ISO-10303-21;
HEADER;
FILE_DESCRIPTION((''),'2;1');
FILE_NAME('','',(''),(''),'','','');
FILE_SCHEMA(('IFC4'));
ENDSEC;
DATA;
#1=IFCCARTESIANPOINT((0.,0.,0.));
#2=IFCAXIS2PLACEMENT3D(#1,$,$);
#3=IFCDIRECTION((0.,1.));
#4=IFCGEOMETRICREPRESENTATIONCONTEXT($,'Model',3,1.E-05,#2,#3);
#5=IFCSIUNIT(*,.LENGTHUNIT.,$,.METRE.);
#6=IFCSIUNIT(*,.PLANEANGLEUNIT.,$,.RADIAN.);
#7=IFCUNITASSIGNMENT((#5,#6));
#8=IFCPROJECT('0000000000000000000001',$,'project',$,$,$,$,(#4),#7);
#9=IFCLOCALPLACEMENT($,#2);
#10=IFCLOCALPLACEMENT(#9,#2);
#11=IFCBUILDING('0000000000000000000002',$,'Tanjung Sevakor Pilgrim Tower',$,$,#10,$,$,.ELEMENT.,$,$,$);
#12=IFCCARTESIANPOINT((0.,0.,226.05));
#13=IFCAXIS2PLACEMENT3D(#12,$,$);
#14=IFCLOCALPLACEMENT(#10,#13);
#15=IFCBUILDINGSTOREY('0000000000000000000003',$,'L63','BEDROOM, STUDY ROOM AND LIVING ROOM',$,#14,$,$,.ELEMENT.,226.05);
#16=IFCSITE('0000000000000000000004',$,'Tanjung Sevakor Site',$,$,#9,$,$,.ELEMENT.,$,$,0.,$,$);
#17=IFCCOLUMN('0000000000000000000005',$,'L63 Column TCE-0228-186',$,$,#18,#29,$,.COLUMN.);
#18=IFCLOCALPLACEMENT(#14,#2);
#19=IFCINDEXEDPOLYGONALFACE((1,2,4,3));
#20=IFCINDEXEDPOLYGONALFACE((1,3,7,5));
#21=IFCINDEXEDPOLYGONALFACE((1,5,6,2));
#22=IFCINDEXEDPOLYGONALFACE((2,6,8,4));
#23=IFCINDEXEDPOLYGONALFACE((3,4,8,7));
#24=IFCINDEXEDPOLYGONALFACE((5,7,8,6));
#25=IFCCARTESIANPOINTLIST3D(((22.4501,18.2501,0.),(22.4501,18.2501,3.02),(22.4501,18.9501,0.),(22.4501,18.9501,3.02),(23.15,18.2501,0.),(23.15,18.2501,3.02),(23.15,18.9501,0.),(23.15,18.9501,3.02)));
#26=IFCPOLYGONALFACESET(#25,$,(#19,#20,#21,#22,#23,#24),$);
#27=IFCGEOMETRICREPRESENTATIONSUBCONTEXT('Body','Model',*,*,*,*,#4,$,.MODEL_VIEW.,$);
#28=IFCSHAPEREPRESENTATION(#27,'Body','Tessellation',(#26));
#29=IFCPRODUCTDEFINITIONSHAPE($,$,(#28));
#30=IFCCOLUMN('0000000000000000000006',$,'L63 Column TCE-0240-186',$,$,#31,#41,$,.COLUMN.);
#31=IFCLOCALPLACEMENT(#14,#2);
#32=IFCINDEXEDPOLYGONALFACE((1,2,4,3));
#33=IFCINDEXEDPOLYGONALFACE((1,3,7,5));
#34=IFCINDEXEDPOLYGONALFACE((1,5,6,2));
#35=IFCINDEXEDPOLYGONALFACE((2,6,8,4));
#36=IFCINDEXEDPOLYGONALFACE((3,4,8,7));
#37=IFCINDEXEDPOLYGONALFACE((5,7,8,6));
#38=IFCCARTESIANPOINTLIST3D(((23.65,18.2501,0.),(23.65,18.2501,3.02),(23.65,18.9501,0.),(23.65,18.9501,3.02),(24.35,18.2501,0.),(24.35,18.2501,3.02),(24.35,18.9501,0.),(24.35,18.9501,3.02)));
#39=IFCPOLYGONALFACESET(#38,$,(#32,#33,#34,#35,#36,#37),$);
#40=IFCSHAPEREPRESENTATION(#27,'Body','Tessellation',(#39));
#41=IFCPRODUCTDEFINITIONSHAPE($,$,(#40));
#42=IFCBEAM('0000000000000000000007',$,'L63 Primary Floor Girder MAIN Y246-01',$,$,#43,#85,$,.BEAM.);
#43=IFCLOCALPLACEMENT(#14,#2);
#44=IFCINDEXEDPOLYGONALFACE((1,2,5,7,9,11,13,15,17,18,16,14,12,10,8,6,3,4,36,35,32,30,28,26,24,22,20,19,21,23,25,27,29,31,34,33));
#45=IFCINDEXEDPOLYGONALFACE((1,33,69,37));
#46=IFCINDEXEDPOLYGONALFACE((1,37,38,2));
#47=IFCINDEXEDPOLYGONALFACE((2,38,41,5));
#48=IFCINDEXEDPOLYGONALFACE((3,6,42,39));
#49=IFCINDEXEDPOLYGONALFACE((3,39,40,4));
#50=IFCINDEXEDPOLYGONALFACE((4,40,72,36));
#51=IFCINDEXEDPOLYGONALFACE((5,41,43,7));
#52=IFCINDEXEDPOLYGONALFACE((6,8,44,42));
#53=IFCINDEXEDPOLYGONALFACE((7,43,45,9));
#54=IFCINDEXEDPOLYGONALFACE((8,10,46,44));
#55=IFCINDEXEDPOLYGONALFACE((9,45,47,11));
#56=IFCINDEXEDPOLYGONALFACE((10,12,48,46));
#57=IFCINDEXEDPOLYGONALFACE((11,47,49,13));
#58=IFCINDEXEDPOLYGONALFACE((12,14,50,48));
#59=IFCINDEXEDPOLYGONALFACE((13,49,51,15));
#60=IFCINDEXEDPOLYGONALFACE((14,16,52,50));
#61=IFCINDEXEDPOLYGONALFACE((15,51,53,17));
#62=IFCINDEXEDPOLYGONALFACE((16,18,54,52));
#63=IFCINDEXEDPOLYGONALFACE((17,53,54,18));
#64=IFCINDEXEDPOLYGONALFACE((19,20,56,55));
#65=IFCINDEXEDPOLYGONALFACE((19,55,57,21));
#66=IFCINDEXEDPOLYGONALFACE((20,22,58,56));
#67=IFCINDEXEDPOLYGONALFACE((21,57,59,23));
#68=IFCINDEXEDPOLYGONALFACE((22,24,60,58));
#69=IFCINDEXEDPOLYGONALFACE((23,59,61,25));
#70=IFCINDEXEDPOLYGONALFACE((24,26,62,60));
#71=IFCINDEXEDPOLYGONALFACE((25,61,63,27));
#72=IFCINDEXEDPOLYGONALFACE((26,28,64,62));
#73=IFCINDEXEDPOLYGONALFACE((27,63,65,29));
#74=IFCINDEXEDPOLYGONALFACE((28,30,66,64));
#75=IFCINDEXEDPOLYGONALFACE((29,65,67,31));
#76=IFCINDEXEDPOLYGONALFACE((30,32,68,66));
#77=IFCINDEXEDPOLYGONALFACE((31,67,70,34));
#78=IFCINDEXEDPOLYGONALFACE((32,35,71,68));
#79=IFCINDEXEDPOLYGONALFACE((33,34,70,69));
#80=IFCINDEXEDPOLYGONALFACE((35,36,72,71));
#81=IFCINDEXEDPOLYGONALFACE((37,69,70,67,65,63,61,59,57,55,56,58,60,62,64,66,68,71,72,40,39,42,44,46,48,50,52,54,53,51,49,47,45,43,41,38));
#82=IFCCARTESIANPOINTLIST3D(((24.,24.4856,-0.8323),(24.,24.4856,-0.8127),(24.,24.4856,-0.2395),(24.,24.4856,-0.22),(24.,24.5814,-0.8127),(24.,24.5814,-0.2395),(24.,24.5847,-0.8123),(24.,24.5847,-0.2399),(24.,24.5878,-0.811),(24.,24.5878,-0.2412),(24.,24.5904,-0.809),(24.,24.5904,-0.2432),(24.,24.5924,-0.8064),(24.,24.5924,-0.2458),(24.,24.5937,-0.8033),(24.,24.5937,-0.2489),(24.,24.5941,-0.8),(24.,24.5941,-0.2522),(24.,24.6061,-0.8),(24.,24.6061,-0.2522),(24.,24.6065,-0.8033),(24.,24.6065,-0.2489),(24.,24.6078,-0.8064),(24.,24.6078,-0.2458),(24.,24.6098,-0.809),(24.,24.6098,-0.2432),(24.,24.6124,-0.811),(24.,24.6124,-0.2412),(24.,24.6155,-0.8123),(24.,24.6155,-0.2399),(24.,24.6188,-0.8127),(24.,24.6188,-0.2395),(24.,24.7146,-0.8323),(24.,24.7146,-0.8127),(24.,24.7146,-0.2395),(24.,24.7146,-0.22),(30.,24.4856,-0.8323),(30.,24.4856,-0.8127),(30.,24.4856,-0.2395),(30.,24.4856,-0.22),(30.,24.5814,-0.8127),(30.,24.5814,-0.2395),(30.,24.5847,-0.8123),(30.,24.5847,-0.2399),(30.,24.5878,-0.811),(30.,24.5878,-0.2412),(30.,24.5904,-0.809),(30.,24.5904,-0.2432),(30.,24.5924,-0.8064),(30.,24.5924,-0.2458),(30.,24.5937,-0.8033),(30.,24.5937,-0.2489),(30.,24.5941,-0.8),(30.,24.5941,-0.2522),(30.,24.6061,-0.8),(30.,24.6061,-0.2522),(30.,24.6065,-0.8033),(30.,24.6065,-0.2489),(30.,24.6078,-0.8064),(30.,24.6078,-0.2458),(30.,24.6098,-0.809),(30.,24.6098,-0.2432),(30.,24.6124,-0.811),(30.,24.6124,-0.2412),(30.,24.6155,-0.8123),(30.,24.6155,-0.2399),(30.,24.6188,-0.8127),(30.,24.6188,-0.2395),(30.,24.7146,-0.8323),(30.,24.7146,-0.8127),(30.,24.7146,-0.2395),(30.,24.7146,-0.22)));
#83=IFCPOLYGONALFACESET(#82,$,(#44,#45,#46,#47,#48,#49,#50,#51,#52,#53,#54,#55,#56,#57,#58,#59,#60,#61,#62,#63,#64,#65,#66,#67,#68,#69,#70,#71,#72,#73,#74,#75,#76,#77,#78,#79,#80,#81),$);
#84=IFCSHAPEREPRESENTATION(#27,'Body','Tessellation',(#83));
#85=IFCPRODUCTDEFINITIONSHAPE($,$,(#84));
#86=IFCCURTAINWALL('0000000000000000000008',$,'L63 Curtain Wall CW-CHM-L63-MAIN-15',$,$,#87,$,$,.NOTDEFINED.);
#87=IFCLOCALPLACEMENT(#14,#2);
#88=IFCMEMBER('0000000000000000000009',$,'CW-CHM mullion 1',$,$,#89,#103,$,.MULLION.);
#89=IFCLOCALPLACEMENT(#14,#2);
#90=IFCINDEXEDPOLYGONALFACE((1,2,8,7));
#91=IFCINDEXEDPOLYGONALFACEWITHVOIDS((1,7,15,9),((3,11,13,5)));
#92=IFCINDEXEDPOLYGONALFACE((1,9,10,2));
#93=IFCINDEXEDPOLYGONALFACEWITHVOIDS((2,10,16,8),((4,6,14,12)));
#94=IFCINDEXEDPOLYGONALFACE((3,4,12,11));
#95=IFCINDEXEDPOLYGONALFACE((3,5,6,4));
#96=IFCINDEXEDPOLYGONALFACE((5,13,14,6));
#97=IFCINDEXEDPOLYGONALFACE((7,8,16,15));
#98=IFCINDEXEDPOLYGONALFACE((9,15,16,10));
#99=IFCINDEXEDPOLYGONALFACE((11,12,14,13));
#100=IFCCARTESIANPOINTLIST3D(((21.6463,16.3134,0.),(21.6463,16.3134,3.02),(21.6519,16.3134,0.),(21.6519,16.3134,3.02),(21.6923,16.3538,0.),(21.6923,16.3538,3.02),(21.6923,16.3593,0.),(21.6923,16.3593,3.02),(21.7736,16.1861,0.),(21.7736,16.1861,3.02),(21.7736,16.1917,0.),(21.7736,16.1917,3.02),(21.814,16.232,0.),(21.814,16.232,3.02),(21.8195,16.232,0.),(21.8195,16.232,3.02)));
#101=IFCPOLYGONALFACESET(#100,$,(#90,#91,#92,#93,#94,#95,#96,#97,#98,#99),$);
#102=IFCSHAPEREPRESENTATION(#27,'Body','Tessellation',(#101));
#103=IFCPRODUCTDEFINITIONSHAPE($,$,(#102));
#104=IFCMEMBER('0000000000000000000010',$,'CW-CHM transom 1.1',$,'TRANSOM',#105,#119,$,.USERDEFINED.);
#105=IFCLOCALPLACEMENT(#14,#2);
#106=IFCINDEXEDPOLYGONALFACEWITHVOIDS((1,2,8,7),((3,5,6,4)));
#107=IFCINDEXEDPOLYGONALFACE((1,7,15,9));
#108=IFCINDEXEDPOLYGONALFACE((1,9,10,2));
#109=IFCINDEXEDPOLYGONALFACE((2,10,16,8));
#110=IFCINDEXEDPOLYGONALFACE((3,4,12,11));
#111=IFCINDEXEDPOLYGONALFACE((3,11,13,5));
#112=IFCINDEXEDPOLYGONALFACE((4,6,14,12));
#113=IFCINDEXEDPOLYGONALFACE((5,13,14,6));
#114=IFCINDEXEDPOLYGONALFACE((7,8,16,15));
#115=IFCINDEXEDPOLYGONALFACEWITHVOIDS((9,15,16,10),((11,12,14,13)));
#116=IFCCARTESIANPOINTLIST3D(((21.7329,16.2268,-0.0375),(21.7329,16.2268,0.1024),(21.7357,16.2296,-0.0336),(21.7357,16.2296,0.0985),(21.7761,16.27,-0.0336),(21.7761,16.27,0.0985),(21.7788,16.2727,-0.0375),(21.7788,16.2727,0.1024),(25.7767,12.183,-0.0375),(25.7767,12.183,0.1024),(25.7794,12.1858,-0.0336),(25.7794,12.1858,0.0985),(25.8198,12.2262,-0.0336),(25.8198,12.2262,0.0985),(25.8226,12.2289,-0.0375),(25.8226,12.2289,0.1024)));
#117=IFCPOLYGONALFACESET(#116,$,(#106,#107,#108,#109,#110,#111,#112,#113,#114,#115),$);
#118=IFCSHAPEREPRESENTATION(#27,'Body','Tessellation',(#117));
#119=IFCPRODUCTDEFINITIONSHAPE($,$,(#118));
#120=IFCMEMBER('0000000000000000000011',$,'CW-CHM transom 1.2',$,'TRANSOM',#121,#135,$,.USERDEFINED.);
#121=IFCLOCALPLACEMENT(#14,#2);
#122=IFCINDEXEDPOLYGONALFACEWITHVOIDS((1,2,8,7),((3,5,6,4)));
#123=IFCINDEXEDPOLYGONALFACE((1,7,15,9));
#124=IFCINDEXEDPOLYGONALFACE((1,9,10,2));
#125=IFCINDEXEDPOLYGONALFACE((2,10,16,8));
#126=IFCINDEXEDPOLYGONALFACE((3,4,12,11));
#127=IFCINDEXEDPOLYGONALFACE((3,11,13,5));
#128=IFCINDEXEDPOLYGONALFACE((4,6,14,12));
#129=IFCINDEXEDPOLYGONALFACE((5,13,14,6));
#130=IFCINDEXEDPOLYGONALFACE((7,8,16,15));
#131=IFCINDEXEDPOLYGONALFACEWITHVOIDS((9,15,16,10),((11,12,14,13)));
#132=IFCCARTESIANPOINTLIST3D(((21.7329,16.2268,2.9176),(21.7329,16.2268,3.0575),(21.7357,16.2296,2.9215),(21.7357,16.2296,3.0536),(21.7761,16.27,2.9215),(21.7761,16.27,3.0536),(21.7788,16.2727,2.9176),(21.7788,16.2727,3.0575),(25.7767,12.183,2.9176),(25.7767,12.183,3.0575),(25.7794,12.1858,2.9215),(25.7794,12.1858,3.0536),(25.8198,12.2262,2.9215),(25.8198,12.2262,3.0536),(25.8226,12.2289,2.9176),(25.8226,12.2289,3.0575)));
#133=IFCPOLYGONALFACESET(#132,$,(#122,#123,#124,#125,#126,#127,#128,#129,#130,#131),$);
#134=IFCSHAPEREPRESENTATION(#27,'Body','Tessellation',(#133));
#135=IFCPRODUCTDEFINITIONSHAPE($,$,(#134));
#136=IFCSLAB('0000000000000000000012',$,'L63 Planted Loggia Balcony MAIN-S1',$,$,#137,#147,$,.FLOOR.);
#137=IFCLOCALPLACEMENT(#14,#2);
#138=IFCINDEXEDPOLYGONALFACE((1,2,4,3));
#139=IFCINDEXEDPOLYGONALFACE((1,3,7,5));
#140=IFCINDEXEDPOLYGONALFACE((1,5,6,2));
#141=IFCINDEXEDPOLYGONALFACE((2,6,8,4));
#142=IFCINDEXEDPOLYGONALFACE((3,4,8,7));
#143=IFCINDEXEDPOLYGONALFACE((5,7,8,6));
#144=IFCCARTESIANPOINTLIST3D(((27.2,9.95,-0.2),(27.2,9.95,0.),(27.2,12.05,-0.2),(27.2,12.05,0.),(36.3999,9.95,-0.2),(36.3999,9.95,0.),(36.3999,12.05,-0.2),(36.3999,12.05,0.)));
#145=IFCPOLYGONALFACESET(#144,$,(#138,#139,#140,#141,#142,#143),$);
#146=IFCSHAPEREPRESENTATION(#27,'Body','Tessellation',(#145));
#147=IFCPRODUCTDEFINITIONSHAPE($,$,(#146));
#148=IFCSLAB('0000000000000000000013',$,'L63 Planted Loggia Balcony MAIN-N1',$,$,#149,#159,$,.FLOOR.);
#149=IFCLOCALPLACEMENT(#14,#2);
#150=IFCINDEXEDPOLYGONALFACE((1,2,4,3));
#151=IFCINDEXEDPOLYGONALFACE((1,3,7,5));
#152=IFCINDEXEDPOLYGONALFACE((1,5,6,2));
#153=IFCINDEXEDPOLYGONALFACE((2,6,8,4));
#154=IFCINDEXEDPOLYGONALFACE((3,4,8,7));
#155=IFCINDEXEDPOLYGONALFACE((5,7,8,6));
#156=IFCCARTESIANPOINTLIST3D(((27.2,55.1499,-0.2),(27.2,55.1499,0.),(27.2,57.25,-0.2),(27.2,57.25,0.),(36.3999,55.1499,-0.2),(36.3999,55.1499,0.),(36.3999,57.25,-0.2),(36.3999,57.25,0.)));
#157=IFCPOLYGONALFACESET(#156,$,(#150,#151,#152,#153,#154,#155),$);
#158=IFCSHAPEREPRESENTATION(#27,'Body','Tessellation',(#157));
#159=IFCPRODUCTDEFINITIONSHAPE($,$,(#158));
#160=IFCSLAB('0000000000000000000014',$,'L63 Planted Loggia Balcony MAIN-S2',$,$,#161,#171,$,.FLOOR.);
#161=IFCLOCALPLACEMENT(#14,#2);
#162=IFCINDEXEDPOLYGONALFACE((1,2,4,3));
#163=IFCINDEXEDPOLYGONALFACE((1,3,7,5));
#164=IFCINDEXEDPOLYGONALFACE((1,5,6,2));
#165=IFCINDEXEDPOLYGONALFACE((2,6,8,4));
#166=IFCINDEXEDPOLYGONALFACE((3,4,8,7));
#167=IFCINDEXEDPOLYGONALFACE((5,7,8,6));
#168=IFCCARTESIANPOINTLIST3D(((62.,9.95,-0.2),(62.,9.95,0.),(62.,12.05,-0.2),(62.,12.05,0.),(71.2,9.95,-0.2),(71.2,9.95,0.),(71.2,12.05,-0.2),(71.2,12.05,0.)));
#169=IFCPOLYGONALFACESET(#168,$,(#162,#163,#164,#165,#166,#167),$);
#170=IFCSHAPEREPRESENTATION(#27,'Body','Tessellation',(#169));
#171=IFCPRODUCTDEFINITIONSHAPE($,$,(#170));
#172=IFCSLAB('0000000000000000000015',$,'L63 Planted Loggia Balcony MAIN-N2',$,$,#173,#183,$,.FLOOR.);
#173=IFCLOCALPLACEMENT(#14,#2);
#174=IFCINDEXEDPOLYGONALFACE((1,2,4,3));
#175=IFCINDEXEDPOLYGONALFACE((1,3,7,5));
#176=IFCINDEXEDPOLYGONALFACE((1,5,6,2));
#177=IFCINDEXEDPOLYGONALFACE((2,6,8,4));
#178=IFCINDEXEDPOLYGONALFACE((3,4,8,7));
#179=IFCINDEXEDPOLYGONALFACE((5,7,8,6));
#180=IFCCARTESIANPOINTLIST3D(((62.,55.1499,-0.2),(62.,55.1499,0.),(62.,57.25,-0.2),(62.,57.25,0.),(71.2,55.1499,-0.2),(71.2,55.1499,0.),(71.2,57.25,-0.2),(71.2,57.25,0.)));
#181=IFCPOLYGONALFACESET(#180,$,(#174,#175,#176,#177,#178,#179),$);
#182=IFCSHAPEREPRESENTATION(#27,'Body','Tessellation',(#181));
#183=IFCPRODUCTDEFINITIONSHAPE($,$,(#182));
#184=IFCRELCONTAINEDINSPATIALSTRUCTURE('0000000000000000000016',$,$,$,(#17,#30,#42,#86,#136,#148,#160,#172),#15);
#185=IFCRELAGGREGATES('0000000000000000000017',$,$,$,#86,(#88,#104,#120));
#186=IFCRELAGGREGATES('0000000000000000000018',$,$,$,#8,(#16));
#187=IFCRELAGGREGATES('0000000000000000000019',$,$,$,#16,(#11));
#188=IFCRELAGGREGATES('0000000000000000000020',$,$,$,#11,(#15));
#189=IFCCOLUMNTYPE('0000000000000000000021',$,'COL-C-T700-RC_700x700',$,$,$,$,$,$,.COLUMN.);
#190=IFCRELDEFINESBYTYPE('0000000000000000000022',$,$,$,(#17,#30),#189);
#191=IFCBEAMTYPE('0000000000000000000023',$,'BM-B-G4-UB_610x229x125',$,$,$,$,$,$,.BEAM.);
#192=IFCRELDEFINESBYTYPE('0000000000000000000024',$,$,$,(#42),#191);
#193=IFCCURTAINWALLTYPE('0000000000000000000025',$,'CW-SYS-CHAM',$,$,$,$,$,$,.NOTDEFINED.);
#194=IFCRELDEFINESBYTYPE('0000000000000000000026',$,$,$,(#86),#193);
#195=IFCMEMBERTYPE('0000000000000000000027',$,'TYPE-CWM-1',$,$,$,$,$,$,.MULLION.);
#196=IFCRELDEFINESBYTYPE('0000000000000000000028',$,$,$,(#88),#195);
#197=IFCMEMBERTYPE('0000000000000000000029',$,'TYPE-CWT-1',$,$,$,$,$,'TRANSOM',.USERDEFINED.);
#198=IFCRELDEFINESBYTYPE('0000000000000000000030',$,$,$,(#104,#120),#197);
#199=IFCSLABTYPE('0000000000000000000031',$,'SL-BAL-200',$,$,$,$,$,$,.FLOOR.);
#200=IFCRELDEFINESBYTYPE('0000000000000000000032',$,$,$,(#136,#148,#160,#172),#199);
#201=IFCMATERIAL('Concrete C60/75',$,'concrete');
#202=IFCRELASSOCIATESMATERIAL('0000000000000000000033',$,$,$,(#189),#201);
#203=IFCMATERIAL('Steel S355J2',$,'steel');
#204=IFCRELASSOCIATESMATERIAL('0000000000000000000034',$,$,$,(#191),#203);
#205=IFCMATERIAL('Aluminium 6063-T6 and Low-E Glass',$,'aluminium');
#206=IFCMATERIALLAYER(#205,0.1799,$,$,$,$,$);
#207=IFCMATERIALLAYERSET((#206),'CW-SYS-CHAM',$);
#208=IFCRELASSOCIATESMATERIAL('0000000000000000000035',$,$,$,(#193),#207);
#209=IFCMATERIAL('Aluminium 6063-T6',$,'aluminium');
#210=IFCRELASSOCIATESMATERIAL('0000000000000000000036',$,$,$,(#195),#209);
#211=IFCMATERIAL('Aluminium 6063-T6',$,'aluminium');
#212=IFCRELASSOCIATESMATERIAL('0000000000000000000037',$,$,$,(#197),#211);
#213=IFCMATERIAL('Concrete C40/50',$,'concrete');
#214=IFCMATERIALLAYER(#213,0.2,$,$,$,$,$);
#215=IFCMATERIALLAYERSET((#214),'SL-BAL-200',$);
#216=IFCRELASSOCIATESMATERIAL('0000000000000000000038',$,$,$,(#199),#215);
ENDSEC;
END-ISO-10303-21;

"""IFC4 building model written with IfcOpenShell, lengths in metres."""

from ifc_helpers import new_model, si_unit, direction, frame, origin, origin_2d, place, context, subcontext, project, spatial, polyline, rectangle, hollow_rectangle, i_section, outline, extrude, material, layer, layer_set, material_profile, profile_set, type_object, element, aggregate, save


model = new_model("IFC4")

# Units and contexts
model_context = context("Model", 3, precision=1e-05, world=origin(), true_north=direction((0.0, 1.0)))
body_context = subcontext(model_context, "Body", "Model", "MODEL_VIEW")
ifc_project = project(units=[si_unit("LENGTHUNIT", "METRE"), si_unit("PLANEANGLEUNIT", "RADIAN")], contexts=[model_context])

# Site, building, storey
site_placement = place(None, origin())
site = spatial("IfcSite", under=ifc_project, at=site_placement, Name="Tanjung Sevakor Site", CompositionType="ELEMENT", RefElevation=0.0)
building_placement = place(site_placement, origin())
building = spatial("IfcBuilding", under=site, at=building_placement, Name="Tanjung Sevakor Pilgrim Tower", CompositionType="ELEMENT")
storey_placement = place(building_placement, frame((0.0, 0.0, 226.05)))
storey = spatial("IfcBuildingStorey", under=building, at=storey_placement, Name="L63", Description="BEDROOM, STUDY ROOM AND LIVING ROOM", CompositionType="ELEMENT", Elevation=226.05)

# Columns
ifc_material_1 = material(Name="Concrete C60/75", Category="concrete")
ifc_material_profile_1 = material_profile(ifc_material_1, rectangle(XDim=0.7, YDim=0.7, at=origin_2d()))
ifc_profile_set_1 = profile_set([ifc_material_profile_1], Name="Concrete C60/75")
column_type = type_object("IfcColumnType", Name="COL-C-T700-RC_700x700", PredefinedType="COLUMN", material=ifc_profile_set_1)
for number, where, z_axis, x_axis, name in (
    (1, (22.8, 18.6001, 0.0), (0.0, 0.0, 1.0), (1.0, 0.0, 0.0), "L63 Column TCE-0228-186"),
    (2, (24.0, 18.6001, 0.0), (0.0, 0.0, 1.0), (1.0, 0.0, 0.0), "L63 Column TCE-0240-186"),
):
    element("IfcColumn", number, at=place(storey_placement, frame(where, z_axis=z_axis, x_axis=x_axis)), inside=storey, type_object=column_type, Name=name, PredefinedType="COLUMN", context=body_context, shape_type="SweptSolid", body=[
        extrude(rectangle(XDim=0.7, YDim=0.7, at=origin_2d()), origin(), (0.0, 0.0, 1.0), 3.02),
    ])

# Beam
ifc_material_2 = material(Name="Steel S355J2", Category="steel")
ifc_material_profile_2 = material_profile(ifc_material_2, i_section(OverallWidth=0.229, OverallDepth=0.6123, WebThickness=0.012, FlangeThickness=0.0195, FilletRadius=0.0127, at=origin_2d()))
ifc_profile_set_2 = profile_set([ifc_material_profile_2], Name="Steel S355J2")
beam_type = type_object("IfcBeamType", Name="BM-B-G4-UB_610x229x125", PredefinedType="BEAM", material=ifc_profile_set_2)
beam_placement = place(storey_placement, frame((24.0, 24.6001, -0.5261), z_axis=(1.0, 0.0, 0.0), x_axis=(0.0, 1.0, 0.0)))
element("IfcBeam", 3, at=beam_placement, inside=storey, type_object=beam_type, Name="L63 Primary Floor Girder MAIN Y246-01", PredefinedType="BEAM", context=body_context, shape_type="SweptSolid", body=[
    extrude(i_section(OverallWidth=0.229, OverallDepth=0.6123, WebThickness=0.012, FlangeThickness=0.0195, FilletRadius=0.0127, at=origin_2d()), origin(), (0.0, 0.0, 1.0), 6.0),
])

# Curtain wall, members
ifc_material_3 = material(Name="Aluminium 6063-T6 and Low-E Glass", Category="aluminium")
ifc_layer_1 = layer(ifc_material_3, 0.1799)
ifc_layer_set_1 = layer_set([ifc_layer_1], Name="CW-SYS-CHAM")
curtain_wall_type = type_object("IfcCurtainWallType", Name="CW-SYS-CHAM", PredefinedType="NOTDEFINED", material=ifc_layer_set_1)
curtain_wall_placement = place(storey_placement, origin())
curtain_wall = element("IfcCurtainWall", 4, at=curtain_wall_placement, inside=storey, type_object=curtain_wall_type, Name="L63 Curtain Wall CW-CHM-L63-MAIN-15", PredefinedType="NOTDEFINED")
ifc_material_4 = material(Name="Aluminium 6063-T6", Category="aluminium")
ifc_material_profile_3 = material_profile(ifc_material_4, hollow_rectangle(XDim=0.0649, YDim=0.1799, WallThickness=0.0039, at=origin_2d()))
ifc_profile_set_3 = profile_set([ifc_material_profile_3], Name="Aluminium 6063-T6")
member_type_1 = type_object("IfcMemberType", Name="TYPE-CWM-1", PredefinedType="MULLION", material=ifc_profile_set_3)
member_1_placement = place(storey_placement, frame((21.7329, 16.2727, 0.0), z_axis=(0.0, 0.0, 1.0), x_axis=(0.707107, 0.707107, 0.0)))
member_1 = element("IfcMember", 5, at=member_1_placement, type_object=member_type_1, Name="CW-CHM mullion 1", PredefinedType="MULLION", context=body_context, shape_type="SweptSolid", body=[
    extrude(hollow_rectangle(XDim=0.0649, YDim=0.1799, WallThickness=0.0039, at=origin_2d()), origin(), (0.0, 0.0, 1.0), 3.02),
])
ifc_material_5 = material(Name="Aluminium 6063-T6", Category="aluminium")
ifc_material_profile_4 = material_profile(ifc_material_5, hollow_rectangle(XDim=0.0649, YDim=0.1399, WallThickness=0.0039, at=origin_2d()))
ifc_profile_set_4 = profile_set([ifc_material_profile_4], Name="Aluminium 6063-T6")
member_type_2 = type_object("IfcMemberType", Name="TYPE-CWT-1", ElementType="TRANSOM", PredefinedType="USERDEFINED", material=ifc_profile_set_4)
member_2_placement = place(storey_placement, frame((21.7559, 16.2498, 0.0325), z_axis=(0.707107, -0.707107, 0.0), x_axis=(0.707107, 0.707107, 0.0)))
member_2 = element("IfcMember", 6, at=member_2_placement, type_object=member_type_2, Name="CW-CHM transom 1.1", ObjectType="TRANSOM", PredefinedType="USERDEFINED", context=body_context, shape_type="SweptSolid", body=[
    extrude(hollow_rectangle(XDim=0.0649, YDim=0.1399, WallThickness=0.0039, at=origin_2d()), origin(), (0.0, 0.0, 1.0), 5.7188),
])
member_3_placement = place(storey_placement, frame((21.7559, 16.2498, 2.9875), z_axis=(0.707107, -0.707107, 0.0), x_axis=(0.707107, 0.707107, 0.0)))
member_3 = element("IfcMember", 7, at=member_3_placement, type_object=member_type_2, Name="CW-CHM transom 1.2", ObjectType="TRANSOM", PredefinedType="USERDEFINED", context=body_context, shape_type="SweptSolid", body=[
    extrude(hollow_rectangle(XDim=0.0649, YDim=0.1399, WallThickness=0.0039, at=origin_2d()), origin(), (0.0, 0.0, 1.0), 5.7188),
])

# Slabs
ifc_material_6 = material(Name="Concrete C40/50", Category="concrete")
ifc_layer_2 = layer(ifc_material_6, 0.2)
ifc_layer_set_2 = layer_set([ifc_layer_2], Name="SL-BAL-200")
slab_type_1 = type_object("IfcSlabType", Name="SL-BAL-200", PredefinedType="FLOOR", material=ifc_layer_set_2)
slab_1_placement = place(storey_placement, frame((0.0, 0.0, -0.2)))
element("IfcSlab", 8, at=slab_1_placement, inside=storey, type_object=slab_type_1, Name="L63 Planted Loggia Balcony MAIN-S1", PredefinedType="FLOOR", context=body_context, shape_type="SweptSolid", body=[
    extrude(outline(polyline([(27.2, 9.95), (36.3999, 9.95), (36.3999, 12.05), (27.2, 12.05), (27.2, 9.95)])), origin(), (0.0, 0.0, 1.0), 0.2),
])
slab_2_placement = place(storey_placement, frame((0.0, 0.0, -0.2)))
element("IfcSlab", 9, at=slab_2_placement, inside=storey, type_object=slab_type_1, Name="L63 Planted Loggia Balcony MAIN-N1", PredefinedType="FLOOR", context=body_context, shape_type="SweptSolid", body=[
    extrude(outline(polyline([(27.2, 55.1499), (36.3999, 55.1499), (36.3999, 57.25), (27.2, 57.25), (27.2, 55.1499)])), origin(), (0.0, 0.0, 1.0), 0.2),
])
slab_3_placement = place(storey_placement, frame((0.0, 0.0, -0.2)))
element("IfcSlab", 10, at=slab_3_placement, inside=storey, type_object=slab_type_1, Name="L63 Planted Loggia Balcony MAIN-S2", PredefinedType="FLOOR", context=body_context, shape_type="SweptSolid", body=[
    extrude(outline(polyline([(62.0, 9.95), (71.2, 9.95), (71.2, 12.05), (62.0, 12.05), (62.0, 9.95)])), origin(), (0.0, 0.0, 1.0), 0.2),
])
slab_4_placement = place(storey_placement, frame((0.0, 0.0, -0.2)))
element("IfcSlab", 11, at=slab_4_placement, inside=storey, type_object=slab_type_1, Name="L63 Planted Loggia Balcony MAIN-N2", PredefinedType="FLOOR", context=body_context, shape_type="SweptSolid", body=[
    extrude(outline(polyline([(62.0, 55.1499), (71.2, 55.1499), (71.2, 57.25), (62.0, 57.25), (62.0, 55.1499)])), origin(), (0.0, 0.0, 1.0), 0.2),
])

aggregate(curtain_wall, [member_1, member_2, member_3])

save(model, "model.ifc")
